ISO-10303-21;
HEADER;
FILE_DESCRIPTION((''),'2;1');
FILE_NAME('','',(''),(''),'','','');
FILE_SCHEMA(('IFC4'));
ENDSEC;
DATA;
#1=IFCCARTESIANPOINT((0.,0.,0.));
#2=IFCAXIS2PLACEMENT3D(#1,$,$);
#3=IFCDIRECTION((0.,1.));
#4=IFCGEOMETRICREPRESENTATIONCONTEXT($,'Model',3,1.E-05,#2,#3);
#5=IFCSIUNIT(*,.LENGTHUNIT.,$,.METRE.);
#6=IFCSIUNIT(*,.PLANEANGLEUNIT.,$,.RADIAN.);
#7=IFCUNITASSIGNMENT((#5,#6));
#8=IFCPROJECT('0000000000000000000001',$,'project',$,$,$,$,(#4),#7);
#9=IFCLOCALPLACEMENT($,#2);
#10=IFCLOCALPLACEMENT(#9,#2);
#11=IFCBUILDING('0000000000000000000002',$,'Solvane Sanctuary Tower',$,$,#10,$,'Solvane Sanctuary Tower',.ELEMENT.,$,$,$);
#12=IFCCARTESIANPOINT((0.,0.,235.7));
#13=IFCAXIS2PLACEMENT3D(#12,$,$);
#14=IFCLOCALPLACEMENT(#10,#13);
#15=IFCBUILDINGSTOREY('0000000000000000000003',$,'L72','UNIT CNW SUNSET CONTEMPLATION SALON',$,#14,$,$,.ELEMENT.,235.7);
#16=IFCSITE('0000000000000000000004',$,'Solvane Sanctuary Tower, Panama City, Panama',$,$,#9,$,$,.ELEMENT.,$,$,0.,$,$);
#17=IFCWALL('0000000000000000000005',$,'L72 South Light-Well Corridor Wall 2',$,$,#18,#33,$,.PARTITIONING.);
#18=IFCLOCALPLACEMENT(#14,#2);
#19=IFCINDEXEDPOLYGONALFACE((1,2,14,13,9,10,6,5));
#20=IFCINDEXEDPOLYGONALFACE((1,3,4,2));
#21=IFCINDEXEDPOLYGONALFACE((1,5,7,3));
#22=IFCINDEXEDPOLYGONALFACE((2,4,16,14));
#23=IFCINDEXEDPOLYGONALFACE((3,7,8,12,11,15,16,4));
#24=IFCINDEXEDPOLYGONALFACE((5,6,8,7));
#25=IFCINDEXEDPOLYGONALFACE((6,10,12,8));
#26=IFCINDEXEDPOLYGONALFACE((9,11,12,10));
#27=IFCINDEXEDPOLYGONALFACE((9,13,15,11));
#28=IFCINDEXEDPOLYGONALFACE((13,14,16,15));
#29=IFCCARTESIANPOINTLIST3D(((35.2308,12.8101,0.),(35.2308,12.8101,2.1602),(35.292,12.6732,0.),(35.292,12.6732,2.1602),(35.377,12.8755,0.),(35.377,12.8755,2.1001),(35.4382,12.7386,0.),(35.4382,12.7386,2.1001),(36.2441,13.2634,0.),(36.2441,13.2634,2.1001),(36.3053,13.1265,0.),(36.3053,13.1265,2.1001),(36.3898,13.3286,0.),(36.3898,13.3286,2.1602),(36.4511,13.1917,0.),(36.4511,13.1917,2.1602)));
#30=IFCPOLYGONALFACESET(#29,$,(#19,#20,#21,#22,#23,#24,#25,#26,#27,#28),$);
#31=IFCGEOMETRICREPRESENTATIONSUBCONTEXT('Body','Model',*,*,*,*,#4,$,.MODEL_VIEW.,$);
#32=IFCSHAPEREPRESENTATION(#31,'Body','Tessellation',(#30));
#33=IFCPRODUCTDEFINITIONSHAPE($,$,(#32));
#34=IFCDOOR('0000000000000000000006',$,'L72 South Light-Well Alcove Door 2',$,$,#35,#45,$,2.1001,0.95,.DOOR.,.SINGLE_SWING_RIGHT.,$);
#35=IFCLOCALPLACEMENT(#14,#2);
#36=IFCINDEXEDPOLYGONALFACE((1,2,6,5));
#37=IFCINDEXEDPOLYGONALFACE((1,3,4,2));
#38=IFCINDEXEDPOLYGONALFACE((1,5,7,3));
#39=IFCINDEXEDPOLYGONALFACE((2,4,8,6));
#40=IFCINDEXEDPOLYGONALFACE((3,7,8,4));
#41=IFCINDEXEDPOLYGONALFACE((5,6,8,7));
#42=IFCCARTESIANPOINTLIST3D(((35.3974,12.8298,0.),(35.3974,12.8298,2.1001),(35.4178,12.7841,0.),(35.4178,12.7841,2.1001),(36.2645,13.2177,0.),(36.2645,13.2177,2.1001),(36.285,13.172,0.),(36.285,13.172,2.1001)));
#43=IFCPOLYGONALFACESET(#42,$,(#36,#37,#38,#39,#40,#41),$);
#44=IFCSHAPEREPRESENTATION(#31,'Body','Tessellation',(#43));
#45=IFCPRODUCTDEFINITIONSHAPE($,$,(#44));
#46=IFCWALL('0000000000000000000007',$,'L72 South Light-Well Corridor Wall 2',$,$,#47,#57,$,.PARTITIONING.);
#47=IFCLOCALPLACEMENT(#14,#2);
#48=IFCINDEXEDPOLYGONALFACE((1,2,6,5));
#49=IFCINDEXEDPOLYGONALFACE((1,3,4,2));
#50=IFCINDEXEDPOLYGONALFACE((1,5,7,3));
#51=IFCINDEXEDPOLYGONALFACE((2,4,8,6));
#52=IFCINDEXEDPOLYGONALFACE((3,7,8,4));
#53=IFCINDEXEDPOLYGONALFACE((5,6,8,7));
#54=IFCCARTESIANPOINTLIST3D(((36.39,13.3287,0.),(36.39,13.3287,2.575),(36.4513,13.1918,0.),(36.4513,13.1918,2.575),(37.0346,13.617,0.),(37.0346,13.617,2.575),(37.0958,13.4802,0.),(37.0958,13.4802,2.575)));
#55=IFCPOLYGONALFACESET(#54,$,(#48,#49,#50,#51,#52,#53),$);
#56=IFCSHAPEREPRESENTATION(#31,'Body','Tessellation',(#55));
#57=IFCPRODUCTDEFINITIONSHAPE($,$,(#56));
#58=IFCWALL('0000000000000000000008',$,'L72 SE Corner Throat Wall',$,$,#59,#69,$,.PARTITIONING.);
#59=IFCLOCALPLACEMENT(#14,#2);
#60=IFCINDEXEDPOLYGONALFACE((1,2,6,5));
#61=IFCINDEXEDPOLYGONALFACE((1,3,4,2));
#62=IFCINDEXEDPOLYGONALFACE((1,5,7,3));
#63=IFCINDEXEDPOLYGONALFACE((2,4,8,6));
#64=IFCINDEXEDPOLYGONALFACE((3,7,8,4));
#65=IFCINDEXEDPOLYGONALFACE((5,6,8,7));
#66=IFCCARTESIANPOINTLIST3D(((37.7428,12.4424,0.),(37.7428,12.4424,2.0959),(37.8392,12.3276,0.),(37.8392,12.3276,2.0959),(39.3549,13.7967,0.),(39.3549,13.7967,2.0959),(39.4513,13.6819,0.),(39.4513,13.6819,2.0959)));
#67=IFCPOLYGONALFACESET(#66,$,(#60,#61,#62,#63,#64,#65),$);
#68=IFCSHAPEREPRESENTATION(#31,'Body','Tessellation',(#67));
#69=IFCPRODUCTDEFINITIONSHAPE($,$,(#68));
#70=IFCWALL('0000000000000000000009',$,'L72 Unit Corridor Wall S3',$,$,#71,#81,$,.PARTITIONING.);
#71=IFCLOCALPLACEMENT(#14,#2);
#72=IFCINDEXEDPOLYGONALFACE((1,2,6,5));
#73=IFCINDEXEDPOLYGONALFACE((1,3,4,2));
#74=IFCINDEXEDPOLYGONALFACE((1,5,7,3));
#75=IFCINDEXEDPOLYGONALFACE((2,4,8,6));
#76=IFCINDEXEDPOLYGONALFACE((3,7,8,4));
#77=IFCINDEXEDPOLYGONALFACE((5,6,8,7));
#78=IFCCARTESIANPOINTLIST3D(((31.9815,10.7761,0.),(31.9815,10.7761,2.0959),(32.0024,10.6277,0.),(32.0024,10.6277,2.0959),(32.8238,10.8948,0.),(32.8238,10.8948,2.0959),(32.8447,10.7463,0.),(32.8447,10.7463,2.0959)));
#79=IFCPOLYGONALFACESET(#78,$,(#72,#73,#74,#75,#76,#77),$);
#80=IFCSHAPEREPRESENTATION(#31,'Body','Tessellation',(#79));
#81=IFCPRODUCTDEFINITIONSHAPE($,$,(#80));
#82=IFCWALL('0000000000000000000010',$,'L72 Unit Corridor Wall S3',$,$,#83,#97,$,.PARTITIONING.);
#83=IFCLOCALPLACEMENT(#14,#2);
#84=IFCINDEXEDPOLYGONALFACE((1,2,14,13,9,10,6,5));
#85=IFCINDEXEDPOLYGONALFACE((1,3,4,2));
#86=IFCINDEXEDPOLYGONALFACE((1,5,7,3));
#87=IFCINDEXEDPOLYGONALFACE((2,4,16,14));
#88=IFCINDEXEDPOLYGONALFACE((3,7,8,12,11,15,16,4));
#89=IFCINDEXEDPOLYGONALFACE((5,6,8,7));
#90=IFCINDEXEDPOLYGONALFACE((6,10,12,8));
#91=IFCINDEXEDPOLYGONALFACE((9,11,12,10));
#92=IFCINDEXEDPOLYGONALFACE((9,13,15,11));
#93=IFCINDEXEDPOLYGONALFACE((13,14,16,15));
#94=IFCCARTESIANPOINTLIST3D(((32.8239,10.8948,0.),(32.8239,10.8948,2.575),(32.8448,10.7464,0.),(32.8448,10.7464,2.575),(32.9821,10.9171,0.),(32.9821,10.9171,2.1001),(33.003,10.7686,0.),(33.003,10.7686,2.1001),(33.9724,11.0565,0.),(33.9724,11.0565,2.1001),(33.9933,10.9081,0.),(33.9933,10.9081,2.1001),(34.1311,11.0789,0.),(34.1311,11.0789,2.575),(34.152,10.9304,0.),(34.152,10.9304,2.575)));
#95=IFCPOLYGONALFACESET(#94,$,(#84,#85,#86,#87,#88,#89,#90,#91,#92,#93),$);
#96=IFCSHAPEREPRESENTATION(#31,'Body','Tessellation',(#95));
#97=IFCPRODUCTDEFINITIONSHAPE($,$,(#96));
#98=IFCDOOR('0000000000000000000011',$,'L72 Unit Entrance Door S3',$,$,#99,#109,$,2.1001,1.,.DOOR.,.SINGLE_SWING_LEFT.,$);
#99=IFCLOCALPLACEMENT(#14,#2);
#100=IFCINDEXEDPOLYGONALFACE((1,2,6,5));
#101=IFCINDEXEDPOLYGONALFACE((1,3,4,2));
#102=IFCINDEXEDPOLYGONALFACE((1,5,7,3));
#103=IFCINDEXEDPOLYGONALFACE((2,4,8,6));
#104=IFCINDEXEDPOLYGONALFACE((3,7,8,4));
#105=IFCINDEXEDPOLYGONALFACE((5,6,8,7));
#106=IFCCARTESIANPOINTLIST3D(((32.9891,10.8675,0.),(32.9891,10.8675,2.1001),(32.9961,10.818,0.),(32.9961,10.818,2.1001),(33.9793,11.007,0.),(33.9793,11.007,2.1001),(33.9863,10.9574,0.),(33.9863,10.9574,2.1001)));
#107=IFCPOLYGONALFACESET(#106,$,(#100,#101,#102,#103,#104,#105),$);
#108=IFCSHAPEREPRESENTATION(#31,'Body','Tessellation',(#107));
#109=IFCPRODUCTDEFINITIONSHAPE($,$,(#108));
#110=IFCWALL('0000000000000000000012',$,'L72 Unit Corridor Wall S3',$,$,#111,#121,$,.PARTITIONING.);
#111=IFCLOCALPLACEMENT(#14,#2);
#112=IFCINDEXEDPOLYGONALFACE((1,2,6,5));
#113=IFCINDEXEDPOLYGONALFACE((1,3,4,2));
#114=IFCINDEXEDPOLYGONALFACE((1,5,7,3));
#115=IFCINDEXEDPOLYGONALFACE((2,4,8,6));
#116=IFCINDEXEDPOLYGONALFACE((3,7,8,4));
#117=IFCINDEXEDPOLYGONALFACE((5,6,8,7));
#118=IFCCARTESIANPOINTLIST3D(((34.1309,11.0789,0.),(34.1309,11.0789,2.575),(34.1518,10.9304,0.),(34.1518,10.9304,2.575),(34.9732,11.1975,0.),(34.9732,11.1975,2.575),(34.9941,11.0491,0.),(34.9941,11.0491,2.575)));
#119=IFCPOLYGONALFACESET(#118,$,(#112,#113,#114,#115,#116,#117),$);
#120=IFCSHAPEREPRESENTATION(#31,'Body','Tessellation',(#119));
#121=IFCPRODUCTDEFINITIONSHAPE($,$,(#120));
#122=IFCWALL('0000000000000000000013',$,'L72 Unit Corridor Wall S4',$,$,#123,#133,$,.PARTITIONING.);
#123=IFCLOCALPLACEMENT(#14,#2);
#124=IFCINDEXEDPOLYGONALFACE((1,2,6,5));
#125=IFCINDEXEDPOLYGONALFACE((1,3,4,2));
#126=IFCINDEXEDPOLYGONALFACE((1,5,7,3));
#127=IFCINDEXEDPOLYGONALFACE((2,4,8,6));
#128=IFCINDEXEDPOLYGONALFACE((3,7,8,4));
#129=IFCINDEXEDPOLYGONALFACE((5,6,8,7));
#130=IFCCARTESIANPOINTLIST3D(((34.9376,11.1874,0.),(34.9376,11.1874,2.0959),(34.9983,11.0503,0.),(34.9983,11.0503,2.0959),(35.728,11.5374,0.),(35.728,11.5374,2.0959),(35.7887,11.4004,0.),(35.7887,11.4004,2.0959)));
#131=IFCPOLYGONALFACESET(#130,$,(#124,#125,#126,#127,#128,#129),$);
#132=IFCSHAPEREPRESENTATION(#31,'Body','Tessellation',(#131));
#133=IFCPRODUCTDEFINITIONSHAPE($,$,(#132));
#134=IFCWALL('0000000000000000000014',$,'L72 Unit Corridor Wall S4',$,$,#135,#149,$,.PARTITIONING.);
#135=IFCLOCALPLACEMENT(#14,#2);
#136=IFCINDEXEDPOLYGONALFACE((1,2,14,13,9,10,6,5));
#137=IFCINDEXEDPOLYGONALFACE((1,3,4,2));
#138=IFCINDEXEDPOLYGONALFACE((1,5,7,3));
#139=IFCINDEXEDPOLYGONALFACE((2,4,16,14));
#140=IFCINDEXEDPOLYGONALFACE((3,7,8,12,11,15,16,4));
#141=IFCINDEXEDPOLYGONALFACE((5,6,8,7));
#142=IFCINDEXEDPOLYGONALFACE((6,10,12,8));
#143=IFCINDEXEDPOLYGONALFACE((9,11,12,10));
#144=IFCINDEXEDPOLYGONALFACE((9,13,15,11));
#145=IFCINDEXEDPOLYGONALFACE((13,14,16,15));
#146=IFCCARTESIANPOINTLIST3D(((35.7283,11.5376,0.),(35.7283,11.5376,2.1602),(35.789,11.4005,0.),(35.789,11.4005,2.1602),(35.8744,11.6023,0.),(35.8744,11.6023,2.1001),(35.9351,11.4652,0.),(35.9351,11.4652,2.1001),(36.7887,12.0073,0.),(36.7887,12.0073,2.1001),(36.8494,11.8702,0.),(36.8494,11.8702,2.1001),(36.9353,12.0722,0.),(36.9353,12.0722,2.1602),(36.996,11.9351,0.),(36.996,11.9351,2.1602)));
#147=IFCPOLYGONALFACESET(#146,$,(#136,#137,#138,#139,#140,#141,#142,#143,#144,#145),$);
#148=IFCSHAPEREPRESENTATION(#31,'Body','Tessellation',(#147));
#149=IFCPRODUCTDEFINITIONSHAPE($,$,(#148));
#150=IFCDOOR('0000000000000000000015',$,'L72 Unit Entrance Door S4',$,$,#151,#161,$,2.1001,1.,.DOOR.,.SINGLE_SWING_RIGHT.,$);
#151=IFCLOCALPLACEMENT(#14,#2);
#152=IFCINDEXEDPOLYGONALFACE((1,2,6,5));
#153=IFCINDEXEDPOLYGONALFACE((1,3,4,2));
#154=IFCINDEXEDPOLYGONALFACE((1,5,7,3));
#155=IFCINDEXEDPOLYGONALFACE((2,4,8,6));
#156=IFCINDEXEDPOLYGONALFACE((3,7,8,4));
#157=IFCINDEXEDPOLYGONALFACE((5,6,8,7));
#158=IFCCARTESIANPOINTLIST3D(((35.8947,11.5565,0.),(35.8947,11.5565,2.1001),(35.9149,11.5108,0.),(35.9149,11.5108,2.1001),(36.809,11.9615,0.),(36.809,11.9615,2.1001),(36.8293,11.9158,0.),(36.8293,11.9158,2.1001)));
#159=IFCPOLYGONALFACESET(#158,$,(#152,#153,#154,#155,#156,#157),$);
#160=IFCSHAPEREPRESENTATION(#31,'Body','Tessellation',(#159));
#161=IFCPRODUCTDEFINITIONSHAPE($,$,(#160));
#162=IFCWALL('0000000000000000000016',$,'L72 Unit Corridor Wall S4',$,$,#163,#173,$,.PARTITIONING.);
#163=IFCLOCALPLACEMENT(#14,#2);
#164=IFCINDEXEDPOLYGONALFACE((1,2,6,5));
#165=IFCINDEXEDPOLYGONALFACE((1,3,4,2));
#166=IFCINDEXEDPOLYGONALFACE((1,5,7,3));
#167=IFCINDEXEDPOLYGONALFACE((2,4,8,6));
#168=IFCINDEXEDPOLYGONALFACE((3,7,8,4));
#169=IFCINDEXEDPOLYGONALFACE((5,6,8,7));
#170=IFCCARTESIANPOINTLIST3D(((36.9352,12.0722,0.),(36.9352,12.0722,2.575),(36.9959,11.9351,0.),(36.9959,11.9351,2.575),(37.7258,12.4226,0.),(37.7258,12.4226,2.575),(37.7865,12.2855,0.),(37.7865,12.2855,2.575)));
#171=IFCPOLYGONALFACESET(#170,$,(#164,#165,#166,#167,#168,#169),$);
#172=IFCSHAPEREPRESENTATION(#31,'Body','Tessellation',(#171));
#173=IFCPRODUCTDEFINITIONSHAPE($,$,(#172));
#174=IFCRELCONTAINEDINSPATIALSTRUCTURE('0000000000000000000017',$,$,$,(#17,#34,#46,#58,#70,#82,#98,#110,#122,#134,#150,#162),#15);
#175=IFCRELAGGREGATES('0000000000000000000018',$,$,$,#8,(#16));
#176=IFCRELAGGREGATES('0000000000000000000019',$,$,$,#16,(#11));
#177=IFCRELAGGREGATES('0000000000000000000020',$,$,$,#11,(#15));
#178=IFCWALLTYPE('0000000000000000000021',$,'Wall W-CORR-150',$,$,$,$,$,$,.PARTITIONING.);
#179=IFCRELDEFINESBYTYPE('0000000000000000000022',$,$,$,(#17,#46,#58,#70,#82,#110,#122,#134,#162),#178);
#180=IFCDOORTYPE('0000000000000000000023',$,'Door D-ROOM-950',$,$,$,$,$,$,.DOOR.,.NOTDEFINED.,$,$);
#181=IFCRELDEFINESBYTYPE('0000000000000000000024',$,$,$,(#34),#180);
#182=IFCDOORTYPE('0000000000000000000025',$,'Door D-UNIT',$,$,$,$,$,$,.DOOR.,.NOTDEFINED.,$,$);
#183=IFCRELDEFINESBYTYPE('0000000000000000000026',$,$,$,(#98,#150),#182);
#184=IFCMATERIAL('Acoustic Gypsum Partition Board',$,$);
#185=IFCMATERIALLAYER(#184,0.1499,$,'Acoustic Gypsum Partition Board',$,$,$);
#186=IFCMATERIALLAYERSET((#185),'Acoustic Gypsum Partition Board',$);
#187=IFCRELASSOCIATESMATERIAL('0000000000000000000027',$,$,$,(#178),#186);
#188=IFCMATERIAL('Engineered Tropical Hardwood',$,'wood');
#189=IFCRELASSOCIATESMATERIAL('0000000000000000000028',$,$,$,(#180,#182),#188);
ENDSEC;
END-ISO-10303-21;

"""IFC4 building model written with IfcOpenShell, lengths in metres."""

from ifc_helpers import new_model, si_unit, direction, frame, frame_2d, origin, place, context, subcontext, project, spatial, rectangle, extrude, material, layer, layer_set, type_object, element, fill, save


model = new_model("IFC4")

# Units and contexts
model_context = context("Model", 3, precision=1e-05, world=origin(), true_north=direction((0.0, 1.0)))
body_context = subcontext(model_context, "Body", "Model", "MODEL_VIEW")
ifc_project = project(units=[si_unit("LENGTHUNIT", "METRE"), si_unit("PLANEANGLEUNIT", "RADIAN")], contexts=[model_context])

# Site, building, storey
site_placement = place(None, origin())
site = spatial("IfcSite", under=ifc_project, at=site_placement, Name="Solvane Sanctuary Tower, Panama City, Panama", CompositionType="ELEMENT", RefElevation=0.0)
building_placement = place(site_placement, origin())
building = spatial("IfcBuilding", under=site, at=building_placement, Name="Solvane Sanctuary Tower", LongName="Solvane Sanctuary Tower", CompositionType="ELEMENT")
storey_placement = place(building_placement, frame((0.0, 0.0, 235.7)))
storey = spatial("IfcBuildingStorey", under=building, at=storey_placement, Name="L72", Description="UNIT CNW SUNSET CONTEMPLATION SALON", CompositionType="ELEMENT", Elevation=235.7)

# Shared definitions
ifc_material_1 = material(Name="Acoustic Gypsum Partition Board")
ifc_layer_1 = layer(ifc_material_1, 0.1499, Name="Acoustic Gypsum Partition Board")
ifc_layer_set_1 = layer_set([ifc_layer_1], Name="Acoustic Gypsum Partition Board")
wall_type_1 = type_object("IfcWallType", Name="Wall W-CORR-150", PredefinedType="PARTITIONING", material=ifc_layer_set_1)

# Wall, opening, door
wall_1_placement = place(storey_placement, frame((35.2615, 12.7417, 0.0), z_axis=(0.0, 0.0, 1.0), x_axis=(0.912826, 0.408349, 0.0)))
wall_1 = element("IfcWall", 1, at=wall_1_placement, inside=storey, type_object=wall_type_1, Name="L72 South Light-Well Corridor Wall 2", PredefinedType="PARTITIONING", context=body_context, shape_type="SweptSolid", body=[
    extrude(rectangle(XDim=1.2698, YDim=0.1499, at=frame_2d((0.6348, 0.0))), origin(), (0.0, 0.0, 1.0), 2.1602),
])
opening_1_placement = place(wall_1_placement, frame((0.1599, 0.0, 0.0)))
opening_1 = element("IfcOpeningElement", 2, at=opening_1_placement, cuts=wall_1, PredefinedType="OPENING", context=body_context, shape_type="SweptSolid", body=[
    extrude(rectangle(XDim=0.95, YDim=2.1001, at=frame_2d((0.4751, 1.05))), frame((0.0, 0.085, 0.0), z_axis=(0.0, -1.0, 0.0), x_axis=(1.0, 0.0, 0.0)), (0.0, 0.0, 1.0), 0.1699),
])
ifc_material_2 = material(Name="Engineered Tropical Hardwood", Category="wood")
door_type_1 = type_object("IfcDoorType", Name="Door D-ROOM-950", OperationType="NOTDEFINED", PredefinedType="DOOR", material=ifc_material_2)
door_1_placement = place(opening_1_placement, origin())
door_1 = element("IfcDoor", 3, at=door_1_placement, inside=storey, type_object=door_type_1, Name="L72 South Light-Well Alcove Door 2", OperationType="SINGLE_SWING_RIGHT", OverallHeight=2.1001, OverallWidth=0.95, PredefinedType="DOOR", context=body_context, shape_type="SweptSolid", body=[
    extrude(rectangle(XDim=0.95, YDim=2.1001, at=frame_2d((0.4751, 1.05))), frame((0.0, 0.0249, 0.0), z_axis=(0.0, -1.0, 0.0), x_axis=(1.0, 0.0, 0.0)), (0.0, 0.0, 1.0), 0.05),
])
fill(opening_1, door_1)

# Walls
wall_2_placement = place(storey_placement, frame((36.4207, 13.2603, 0.0), z_axis=(0.0, 0.0, 1.0), x_axis=(0.912825, 0.408351, 0.0)))
element("IfcWall", 4, at=wall_2_placement, inside=storey, type_object=wall_type_1, Name="L72 South Light-Well Corridor Wall 2", PredefinedType="PARTITIONING", context=body_context, shape_type="SweptSolid", body=[
    extrude(rectangle(XDim=0.7061, YDim=0.1499, at=frame_2d((0.353, 0.0))), origin(), (0.0, 0.0, 1.0), 2.575),
])
wall_3_placement = place(storey_placement, frame((37.791, 12.385, 0.0), z_axis=(0.0, 0.0, 1.0), x_axis=(0.765677, 0.643225, 0.0)))
element("IfcWall", 5, at=wall_3_placement, inside=storey, type_object=wall_type_1, Name="L72 SE Corner Throat Wall", PredefinedType="PARTITIONING", context=body_context, shape_type="SweptSolid", body=[
    extrude(rectangle(XDim=2.1055, YDim=0.1499, at=frame_2d((1.0527, 0.0))), origin(), (0.0, 0.0, 1.0), 2.0959),
])
wall_4_placement = place(storey_placement, frame((31.9919, 10.7019, 0.0), z_axis=(0.0, 0.0, 1.0), x_axis=(0.990223, 0.139492, 0.0)))
element("IfcWall", 6, at=wall_4_placement, inside=storey, type_object=wall_type_1, Name="L72 Unit Corridor Wall S3", PredefinedType="PARTITIONING", context=body_context, shape_type="SweptSolid", body=[
    extrude(rectangle(XDim=0.8506, YDim=0.1499, at=frame_2d((0.4253, 0.0))), origin(), (0.0, 0.0, 1.0), 2.0959),
])

# Wall, opening, door
wall_5_placement = place(storey_placement, frame((32.8342, 10.8206, 0.0), z_axis=(0.0, 0.0, 1.0), x_axis=(0.990229, 0.139453, 0.0)))
wall_5 = element("IfcWall", 7, at=wall_5_placement, inside=storey, type_object=wall_type_1, Name="L72 Unit Corridor Wall S3", PredefinedType="PARTITIONING", context=body_context, shape_type="SweptSolid", body=[
    extrude(rectangle(XDim=1.3201, YDim=0.1499, at=frame_2d((0.6602, 0.0))), origin(), (0.0, 0.0, 1.0), 2.575),
])
opening_2_placement = place(wall_5_placement, frame((0.1599, 0.0, 0.0)))
opening_2 = element("IfcOpeningElement", 8, at=opening_2_placement, cuts=wall_5, PredefinedType="OPENING", context=body_context, shape_type="SweptSolid", body=[
    extrude(rectangle(XDim=1.0, YDim=2.1001, at=frame_2d((0.5, 1.05))), frame((0.0, 0.085, 0.0), z_axis=(0.0, -1.0, 0.0), x_axis=(1.0, 0.0, 0.0)), (0.0, 0.0, 1.0), 0.1699),
])
door_type_2 = type_object("IfcDoorType", Name="Door D-UNIT", OperationType="NOTDEFINED", PredefinedType="DOOR", material=ifc_material_2)
door_2_placement = place(opening_2_placement, origin())
door_2 = element("IfcDoor", 9, at=door_2_placement, inside=storey, type_object=door_type_2, Name="L72 Unit Entrance Door S3", OperationType="SINGLE_SWING_LEFT", OverallHeight=2.1001, OverallWidth=1.0, PredefinedType="DOOR", context=body_context, shape_type="SweptSolid", body=[
    extrude(rectangle(XDim=1.0, YDim=2.1001, at=frame_2d((0.5, 1.05))), frame((0.0, 0.0249, 0.0), z_axis=(0.0, -1.0, 0.0), x_axis=(1.0, 0.0, 0.0)), (0.0, 0.0, 1.0), 0.05),
])
fill(opening_2, door_2)

# Walls
wall_6_placement = place(storey_placement, frame((34.1414, 11.0046, 0.0), z_axis=(0.0, 0.0, 1.0), x_axis=(0.990223, 0.139492, 0.0)))
element("IfcWall", 10, at=wall_6_placement, inside=storey, type_object=wall_type_1, Name="L72 Unit Corridor Wall S3", PredefinedType="PARTITIONING", context=body_context, shape_type="SweptSolid", body=[
    extrude(rectangle(XDim=0.8506, YDim=0.1499, at=frame_2d((0.4253, 0.0))), origin(), (0.0, 0.0, 1.0), 2.575),
])
wall_7_placement = place(storey_placement, frame((34.968, 11.1189, 0.0), z_axis=(0.0, 0.0, 1.0), x_axis=(0.914346, 0.404933, 0.0)))
element("IfcWall", 11, at=wall_7_placement, inside=storey, type_object=wall_type_1, Name="L72 Unit Corridor Wall S4", PredefinedType="PARTITIONING", context=body_context, shape_type="SweptSolid", body=[
    extrude(rectangle(XDim=0.8645, YDim=0.1499, at=frame_2d((0.4321, 0.0))), origin(), (0.0, 0.0, 1.0), 2.0959),
])

# Wall, opening, door
wall_8_placement = place(storey_placement, frame((35.7585, 11.469, 0.0), z_axis=(0.0, 0.0, 1.0), x_axis=(0.914314, 0.405006, 0.0)))
wall_8 = element("IfcWall", 12, at=wall_8_placement, inside=storey, type_object=wall_type_1, Name="L72 Unit Corridor Wall S4", PredefinedType="PARTITIONING", context=body_context, shape_type="SweptSolid", body=[
    extrude(rectangle(XDim=1.3201, YDim=0.1499, at=frame_2d((0.6602, 0.0))), origin(), (0.0, 0.0, 1.0), 2.1602),
])
opening_3_placement = place(wall_8_placement, frame((0.1599, 0.0, 0.0)))
opening_3 = element("IfcOpeningElement", 13, at=opening_3_placement, cuts=wall_8, PredefinedType="OPENING", context=body_context, shape_type="SweptSolid", body=[
    extrude(rectangle(XDim=1.0, YDim=2.1001, at=frame_2d((0.5, 1.05))), frame((0.0, 0.085, 0.0), z_axis=(0.0, -1.0, 0.0), x_axis=(1.0, 0.0, 0.0)), (0.0, 0.0, 1.0), 0.1699),
])
door_3_placement = place(opening_3_placement, origin())
door_3 = element("IfcDoor", 14, at=door_3_placement, inside=storey, type_object=door_type_2, Name="L72 Unit Entrance Door S4", OperationType="SINGLE_SWING_RIGHT", OverallHeight=2.1001, OverallWidth=1.0, PredefinedType="DOOR", context=body_context, shape_type="SweptSolid", body=[
    extrude(rectangle(XDim=1.0, YDim=2.1001, at=frame_2d((0.5, 1.05))), frame((0.0, 0.0249, 0.0), z_axis=(0.0, -1.0, 0.0), x_axis=(1.0, 0.0, 0.0)), (0.0, 0.0, 1.0), 0.05),
])
fill(opening_3, door_3)

# Wall
wall_9_placement = place(storey_placement, frame((36.9656, 12.0037, 0.0), z_axis=(0.0, 0.0, 1.0), x_axis=(0.914242, 0.405169, 0.0)))
element("IfcWall", 15, at=wall_9_placement, inside=storey, type_object=wall_type_1, Name="L72 Unit Corridor Wall S4", PredefinedType="PARTITIONING", context=body_context, shape_type="SweptSolid", body=[
    extrude(rectangle(XDim=0.8647, YDim=0.1499, at=frame_2d((0.4324, 0.0))), origin(), (0.0, 0.0, 1.0), 2.575),
])

save(model, "model.ifc")
